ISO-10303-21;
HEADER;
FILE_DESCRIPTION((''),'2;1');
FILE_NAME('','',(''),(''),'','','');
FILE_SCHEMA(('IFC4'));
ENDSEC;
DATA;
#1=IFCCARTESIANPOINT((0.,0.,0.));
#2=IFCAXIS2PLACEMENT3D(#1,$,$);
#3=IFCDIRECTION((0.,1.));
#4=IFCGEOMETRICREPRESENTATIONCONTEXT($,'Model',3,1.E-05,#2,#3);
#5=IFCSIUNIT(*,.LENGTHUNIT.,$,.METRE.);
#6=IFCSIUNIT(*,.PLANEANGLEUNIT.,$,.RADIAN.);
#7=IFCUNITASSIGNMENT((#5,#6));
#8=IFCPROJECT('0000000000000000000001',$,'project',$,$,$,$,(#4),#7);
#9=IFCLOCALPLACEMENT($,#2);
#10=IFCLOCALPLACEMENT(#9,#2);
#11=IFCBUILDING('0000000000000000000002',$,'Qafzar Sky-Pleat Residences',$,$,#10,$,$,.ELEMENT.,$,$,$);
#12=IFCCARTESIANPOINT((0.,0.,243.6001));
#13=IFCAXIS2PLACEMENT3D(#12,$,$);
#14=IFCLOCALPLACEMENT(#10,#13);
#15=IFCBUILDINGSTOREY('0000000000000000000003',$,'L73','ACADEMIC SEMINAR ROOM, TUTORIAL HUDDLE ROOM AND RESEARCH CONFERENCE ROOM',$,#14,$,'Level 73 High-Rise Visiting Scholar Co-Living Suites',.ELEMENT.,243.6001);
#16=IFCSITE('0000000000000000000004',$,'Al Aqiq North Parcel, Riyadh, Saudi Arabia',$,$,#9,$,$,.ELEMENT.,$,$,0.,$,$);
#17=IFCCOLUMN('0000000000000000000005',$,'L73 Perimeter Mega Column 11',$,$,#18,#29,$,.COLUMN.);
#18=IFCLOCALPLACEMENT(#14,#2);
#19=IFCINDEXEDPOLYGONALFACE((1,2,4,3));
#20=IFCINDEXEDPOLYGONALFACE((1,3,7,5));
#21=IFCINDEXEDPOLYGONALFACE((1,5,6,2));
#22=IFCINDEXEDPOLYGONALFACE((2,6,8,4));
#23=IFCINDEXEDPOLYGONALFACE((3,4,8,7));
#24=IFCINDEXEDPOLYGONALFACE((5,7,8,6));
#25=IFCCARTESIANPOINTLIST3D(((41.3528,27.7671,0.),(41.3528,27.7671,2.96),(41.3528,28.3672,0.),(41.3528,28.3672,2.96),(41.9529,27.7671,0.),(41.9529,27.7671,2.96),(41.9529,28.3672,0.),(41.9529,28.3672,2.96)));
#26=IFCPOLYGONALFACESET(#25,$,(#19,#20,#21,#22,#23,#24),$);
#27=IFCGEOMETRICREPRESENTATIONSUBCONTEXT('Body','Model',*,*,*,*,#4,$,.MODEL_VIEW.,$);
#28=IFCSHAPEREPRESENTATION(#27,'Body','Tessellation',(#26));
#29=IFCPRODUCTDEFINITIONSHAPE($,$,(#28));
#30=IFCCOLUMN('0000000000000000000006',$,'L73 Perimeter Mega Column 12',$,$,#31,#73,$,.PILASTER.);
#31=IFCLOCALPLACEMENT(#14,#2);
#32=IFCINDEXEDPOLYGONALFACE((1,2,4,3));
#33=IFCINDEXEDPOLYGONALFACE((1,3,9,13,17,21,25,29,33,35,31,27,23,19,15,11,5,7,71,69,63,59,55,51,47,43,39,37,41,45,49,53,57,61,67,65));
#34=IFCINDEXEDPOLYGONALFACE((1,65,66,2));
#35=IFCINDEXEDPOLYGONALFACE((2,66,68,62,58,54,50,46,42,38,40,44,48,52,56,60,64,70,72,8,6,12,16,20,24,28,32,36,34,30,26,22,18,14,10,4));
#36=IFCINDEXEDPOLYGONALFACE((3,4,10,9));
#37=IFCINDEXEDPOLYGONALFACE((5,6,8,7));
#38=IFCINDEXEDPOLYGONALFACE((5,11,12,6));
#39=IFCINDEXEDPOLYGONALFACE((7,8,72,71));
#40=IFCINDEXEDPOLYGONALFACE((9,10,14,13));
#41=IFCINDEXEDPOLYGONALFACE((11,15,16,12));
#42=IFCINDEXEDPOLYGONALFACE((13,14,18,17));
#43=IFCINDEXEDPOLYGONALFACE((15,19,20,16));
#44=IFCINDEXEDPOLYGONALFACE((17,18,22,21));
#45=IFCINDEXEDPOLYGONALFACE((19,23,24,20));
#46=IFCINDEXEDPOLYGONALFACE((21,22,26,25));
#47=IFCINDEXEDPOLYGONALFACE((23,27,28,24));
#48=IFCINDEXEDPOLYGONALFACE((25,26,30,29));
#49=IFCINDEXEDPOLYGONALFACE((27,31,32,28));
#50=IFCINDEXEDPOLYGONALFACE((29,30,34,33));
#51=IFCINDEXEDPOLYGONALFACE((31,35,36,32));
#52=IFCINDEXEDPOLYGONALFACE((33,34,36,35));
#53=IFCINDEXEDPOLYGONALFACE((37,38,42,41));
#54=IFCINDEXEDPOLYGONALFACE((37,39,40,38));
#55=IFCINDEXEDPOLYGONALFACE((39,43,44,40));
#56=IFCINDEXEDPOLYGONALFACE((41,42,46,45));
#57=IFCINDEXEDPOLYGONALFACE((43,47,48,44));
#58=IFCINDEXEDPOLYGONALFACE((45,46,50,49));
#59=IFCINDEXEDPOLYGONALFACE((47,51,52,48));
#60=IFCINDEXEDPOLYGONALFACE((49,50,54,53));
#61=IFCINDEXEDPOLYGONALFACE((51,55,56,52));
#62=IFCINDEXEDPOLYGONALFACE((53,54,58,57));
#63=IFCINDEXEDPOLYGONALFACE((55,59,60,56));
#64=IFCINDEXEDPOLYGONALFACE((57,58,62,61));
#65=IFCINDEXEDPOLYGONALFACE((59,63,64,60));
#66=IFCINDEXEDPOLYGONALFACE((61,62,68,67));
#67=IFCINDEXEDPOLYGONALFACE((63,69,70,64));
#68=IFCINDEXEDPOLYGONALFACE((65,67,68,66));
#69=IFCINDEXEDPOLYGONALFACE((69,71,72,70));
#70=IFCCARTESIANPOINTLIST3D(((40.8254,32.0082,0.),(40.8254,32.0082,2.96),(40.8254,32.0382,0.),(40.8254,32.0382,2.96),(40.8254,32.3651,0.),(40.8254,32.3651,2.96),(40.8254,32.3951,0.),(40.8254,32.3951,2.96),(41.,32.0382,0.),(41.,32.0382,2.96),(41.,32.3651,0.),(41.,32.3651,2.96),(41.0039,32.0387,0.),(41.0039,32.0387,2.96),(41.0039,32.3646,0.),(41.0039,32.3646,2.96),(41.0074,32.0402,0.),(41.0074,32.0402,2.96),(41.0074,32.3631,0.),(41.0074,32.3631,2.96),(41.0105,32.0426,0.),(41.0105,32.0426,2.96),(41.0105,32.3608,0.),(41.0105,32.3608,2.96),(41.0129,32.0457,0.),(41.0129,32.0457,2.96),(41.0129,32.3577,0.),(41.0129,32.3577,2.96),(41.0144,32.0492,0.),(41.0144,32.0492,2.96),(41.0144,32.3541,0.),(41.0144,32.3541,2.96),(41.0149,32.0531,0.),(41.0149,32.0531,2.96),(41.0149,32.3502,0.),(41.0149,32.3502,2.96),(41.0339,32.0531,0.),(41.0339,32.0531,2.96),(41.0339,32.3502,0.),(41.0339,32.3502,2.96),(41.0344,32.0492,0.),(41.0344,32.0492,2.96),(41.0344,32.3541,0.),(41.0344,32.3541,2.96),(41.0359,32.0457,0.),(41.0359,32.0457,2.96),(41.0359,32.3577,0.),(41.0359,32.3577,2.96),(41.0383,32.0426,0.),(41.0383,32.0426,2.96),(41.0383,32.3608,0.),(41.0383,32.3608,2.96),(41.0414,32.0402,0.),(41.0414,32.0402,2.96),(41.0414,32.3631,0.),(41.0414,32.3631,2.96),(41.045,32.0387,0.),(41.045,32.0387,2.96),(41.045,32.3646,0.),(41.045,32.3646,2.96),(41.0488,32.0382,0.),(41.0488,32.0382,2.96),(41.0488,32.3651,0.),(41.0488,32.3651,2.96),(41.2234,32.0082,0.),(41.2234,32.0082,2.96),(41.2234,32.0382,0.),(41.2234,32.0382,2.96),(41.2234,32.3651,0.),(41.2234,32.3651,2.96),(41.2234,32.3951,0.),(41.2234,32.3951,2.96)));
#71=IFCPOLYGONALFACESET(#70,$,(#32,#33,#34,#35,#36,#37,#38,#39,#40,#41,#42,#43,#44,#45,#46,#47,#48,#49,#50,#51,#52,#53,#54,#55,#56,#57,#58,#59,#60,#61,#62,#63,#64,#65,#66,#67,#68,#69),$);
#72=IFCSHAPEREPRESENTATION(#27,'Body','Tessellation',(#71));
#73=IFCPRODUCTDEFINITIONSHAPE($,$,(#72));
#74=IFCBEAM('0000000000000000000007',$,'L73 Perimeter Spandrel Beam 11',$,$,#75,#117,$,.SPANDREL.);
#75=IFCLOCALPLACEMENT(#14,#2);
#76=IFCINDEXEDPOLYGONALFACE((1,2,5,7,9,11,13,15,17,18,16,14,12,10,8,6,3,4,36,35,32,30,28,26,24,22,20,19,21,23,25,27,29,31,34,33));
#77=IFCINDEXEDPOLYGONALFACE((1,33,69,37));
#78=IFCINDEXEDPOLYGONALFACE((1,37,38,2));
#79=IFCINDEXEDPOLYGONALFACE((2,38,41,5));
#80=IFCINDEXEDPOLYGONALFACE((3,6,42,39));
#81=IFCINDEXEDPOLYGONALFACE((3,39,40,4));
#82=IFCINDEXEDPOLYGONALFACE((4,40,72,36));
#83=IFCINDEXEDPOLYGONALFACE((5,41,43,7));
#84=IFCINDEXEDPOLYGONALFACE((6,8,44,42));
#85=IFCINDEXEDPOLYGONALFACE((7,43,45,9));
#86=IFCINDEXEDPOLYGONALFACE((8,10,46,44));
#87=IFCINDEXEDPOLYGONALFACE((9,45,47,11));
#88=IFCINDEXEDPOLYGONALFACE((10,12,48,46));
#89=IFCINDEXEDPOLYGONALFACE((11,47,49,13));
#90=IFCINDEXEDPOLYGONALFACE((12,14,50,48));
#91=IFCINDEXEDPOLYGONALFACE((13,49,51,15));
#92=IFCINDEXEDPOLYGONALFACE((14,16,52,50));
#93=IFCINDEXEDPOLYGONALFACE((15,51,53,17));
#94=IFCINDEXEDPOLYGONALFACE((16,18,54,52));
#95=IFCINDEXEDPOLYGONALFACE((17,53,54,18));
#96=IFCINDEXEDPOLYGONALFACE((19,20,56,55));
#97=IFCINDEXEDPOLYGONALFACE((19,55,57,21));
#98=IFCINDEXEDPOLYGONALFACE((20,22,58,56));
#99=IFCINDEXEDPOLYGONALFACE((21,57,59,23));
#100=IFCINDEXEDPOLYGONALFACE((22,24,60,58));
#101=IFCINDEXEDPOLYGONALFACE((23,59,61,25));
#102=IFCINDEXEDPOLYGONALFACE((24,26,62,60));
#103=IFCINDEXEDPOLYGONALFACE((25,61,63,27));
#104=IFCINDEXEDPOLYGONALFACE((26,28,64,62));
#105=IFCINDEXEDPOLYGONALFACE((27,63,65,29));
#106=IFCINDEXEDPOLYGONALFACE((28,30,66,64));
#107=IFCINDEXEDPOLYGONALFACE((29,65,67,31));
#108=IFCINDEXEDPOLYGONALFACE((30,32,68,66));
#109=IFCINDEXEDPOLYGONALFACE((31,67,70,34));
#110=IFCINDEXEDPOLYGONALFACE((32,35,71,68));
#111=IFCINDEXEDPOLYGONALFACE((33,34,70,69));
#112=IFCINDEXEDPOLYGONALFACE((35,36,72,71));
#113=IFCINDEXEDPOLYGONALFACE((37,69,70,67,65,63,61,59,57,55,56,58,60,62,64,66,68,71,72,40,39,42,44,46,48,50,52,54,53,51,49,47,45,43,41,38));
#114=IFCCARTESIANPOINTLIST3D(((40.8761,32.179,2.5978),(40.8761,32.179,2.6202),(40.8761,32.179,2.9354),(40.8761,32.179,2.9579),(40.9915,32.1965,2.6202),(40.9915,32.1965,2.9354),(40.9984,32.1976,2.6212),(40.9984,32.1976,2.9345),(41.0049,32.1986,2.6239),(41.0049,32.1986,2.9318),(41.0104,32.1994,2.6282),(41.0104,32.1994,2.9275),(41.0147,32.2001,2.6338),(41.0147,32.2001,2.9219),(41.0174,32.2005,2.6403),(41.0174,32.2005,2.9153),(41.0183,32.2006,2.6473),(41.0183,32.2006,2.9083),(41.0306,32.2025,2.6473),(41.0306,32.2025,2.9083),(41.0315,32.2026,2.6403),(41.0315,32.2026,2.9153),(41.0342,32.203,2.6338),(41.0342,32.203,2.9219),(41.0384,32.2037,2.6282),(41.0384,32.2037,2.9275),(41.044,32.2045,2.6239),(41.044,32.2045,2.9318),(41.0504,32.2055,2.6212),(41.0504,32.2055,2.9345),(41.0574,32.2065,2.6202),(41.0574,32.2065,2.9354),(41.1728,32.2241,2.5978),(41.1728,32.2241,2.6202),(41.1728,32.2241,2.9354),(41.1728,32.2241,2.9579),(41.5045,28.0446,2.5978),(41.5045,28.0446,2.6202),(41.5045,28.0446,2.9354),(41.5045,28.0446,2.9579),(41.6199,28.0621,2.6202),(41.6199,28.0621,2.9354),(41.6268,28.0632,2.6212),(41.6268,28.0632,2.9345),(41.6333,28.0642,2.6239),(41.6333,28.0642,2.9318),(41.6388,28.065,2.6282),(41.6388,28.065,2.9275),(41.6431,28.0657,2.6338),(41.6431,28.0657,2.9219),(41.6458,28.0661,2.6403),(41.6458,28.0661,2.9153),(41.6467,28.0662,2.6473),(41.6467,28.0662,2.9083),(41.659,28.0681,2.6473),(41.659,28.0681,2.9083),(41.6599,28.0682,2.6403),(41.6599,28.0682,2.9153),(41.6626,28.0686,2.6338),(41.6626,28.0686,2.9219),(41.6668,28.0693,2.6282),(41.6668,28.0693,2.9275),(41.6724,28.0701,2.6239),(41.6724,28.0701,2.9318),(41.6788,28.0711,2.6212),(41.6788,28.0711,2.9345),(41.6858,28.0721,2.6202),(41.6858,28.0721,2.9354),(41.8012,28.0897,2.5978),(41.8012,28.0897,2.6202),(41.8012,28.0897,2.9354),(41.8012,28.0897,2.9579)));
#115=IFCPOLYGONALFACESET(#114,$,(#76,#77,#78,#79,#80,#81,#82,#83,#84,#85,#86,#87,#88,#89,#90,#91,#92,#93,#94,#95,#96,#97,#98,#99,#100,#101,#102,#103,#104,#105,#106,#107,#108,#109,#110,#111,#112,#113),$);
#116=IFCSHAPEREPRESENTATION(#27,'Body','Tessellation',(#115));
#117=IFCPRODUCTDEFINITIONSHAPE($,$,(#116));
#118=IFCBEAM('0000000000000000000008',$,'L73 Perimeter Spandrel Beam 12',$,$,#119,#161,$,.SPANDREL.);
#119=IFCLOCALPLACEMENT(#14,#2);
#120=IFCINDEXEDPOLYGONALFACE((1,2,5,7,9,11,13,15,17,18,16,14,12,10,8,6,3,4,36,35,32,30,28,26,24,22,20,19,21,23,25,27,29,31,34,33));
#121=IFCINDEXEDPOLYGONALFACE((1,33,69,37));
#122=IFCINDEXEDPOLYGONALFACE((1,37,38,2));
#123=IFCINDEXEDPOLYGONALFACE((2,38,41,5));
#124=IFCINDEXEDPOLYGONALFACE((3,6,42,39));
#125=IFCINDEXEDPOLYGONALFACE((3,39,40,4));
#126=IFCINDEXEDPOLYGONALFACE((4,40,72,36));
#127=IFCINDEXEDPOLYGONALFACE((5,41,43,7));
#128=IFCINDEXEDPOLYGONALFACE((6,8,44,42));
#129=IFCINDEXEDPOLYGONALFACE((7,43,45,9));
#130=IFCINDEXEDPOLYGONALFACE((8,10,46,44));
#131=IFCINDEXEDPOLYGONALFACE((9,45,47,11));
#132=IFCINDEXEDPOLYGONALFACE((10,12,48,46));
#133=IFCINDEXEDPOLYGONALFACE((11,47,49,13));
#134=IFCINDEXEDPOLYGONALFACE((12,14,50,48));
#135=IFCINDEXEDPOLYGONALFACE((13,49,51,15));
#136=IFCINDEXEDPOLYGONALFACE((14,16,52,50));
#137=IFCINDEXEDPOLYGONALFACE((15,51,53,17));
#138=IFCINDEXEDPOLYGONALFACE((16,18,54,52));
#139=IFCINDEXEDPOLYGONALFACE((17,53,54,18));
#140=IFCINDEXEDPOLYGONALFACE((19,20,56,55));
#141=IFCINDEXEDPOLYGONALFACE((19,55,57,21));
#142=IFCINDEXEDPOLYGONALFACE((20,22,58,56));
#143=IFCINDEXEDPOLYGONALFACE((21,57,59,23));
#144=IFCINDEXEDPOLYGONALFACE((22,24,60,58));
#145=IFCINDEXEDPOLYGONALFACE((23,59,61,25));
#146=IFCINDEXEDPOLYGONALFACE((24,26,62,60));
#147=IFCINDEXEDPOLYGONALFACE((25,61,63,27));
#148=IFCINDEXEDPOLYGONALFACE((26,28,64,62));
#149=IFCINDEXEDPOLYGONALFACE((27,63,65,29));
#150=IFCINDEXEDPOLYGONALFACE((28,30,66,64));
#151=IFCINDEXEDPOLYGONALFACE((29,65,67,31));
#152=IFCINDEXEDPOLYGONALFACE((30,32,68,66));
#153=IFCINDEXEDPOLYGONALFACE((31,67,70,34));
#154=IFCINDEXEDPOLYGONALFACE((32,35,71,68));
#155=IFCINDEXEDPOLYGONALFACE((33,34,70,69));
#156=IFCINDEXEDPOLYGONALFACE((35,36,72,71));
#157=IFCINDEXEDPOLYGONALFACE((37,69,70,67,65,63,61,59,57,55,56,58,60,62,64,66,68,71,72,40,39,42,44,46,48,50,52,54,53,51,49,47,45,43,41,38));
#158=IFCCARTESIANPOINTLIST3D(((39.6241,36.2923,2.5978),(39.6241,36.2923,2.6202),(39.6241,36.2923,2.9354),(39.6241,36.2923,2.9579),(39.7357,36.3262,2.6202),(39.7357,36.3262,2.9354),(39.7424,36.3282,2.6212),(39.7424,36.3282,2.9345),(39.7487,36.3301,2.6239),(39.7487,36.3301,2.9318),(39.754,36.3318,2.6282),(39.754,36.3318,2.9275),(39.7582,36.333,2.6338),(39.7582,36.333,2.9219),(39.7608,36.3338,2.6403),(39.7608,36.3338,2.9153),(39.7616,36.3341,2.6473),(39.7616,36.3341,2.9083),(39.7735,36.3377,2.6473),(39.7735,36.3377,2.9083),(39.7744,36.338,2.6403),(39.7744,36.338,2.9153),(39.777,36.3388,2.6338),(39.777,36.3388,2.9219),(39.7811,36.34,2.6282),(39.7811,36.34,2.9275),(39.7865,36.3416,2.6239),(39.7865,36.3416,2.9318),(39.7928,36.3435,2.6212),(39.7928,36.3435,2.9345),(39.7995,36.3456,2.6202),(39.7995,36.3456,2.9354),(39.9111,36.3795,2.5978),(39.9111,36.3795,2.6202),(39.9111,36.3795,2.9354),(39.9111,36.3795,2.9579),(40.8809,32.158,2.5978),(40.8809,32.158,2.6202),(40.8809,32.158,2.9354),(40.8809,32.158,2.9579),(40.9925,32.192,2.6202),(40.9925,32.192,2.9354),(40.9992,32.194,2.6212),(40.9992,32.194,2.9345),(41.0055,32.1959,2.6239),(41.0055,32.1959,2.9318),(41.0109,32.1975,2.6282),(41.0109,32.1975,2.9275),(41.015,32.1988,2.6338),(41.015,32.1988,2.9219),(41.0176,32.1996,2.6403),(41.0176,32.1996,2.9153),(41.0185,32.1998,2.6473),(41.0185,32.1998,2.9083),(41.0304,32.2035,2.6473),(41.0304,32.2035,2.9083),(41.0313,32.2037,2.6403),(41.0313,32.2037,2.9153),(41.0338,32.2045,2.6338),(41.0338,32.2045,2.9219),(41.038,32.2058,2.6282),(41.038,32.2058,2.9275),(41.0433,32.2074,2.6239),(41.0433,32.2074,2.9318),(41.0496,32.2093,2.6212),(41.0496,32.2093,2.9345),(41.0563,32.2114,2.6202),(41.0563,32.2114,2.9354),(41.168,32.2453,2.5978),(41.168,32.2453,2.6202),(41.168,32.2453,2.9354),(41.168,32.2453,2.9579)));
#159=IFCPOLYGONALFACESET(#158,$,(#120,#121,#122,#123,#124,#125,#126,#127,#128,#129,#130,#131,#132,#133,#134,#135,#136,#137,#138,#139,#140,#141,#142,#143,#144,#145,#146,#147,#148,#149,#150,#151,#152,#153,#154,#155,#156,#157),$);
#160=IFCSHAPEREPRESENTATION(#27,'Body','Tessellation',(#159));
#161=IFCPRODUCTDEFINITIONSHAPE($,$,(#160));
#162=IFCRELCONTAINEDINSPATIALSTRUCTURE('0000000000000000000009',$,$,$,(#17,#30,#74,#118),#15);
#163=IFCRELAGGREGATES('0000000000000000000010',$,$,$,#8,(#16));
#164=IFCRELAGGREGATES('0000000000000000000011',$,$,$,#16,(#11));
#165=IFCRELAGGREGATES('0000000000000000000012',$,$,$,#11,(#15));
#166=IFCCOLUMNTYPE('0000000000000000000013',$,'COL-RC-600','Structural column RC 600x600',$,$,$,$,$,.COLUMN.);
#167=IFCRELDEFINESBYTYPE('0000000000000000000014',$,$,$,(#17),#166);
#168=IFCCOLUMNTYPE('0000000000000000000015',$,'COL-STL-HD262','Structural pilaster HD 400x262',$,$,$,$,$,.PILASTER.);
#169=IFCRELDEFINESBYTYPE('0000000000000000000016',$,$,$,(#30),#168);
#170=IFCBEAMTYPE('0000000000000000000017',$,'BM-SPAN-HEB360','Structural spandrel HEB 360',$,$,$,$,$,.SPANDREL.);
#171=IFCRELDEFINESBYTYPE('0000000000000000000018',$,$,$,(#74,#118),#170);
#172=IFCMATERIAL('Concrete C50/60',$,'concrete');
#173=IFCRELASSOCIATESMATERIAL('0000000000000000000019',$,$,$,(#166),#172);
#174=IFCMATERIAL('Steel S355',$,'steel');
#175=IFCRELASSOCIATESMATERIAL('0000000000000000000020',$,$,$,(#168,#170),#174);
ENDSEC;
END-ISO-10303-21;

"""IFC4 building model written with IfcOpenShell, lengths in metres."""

from ifc_helpers import new_model, si_unit, direction, frame, origin, origin_2d, place, context, subcontext, project, spatial, rectangle, i_section, extrude, source, transform, mapped, material, material_profile, profile_set, type_object, element, save


model = new_model("IFC4")

# Units and contexts
model_context = context("Model", 3, precision=1e-05, world=origin(), true_north=direction((0.0, 1.0)))
body_context = subcontext(model_context, "Body", "Model", "MODEL_VIEW")
ifc_project = project(units=[si_unit("LENGTHUNIT", "METRE"), si_unit("PLANEANGLEUNIT", "RADIAN")], contexts=[model_context])

# Site, building, storey
site_placement = place(None, origin())
site = spatial("IfcSite", under=ifc_project, at=site_placement, Name="Al Aqiq North Parcel, Riyadh, Saudi Arabia", CompositionType="ELEMENT", RefElevation=0.0)
building_placement = place(site_placement, origin())
building = spatial("IfcBuilding", under=site, at=building_placement, Name="Qafzar Sky-Pleat Residences", CompositionType="ELEMENT")
storey_placement = place(building_placement, frame((0.0, 0.0, 243.6001)))
storey = spatial("IfcBuildingStorey", under=building, at=storey_placement, Name="L73", Description="ACADEMIC SEMINAR ROOM, TUTORIAL HUDDLE ROOM AND RESEARCH CONFERENCE ROOM", LongName="Level 73 High-Rise Visiting Scholar Co-Living Suites", CompositionType="ELEMENT", Elevation=243.6001)

# Columns
ifc_material_1 = material(Name="Concrete C50/60", Category="concrete")
ifc_material_profile_1 = material_profile(ifc_material_1, rectangle(XDim=0.6001, YDim=0.6001, at=origin_2d()), Name="RC 600x600")
ifc_profile_set_1 = profile_set([ifc_material_profile_1], Name="Concrete C50/60")
column_type_1 = type_object("IfcColumnType", Name="COL-RC-600", Description="Structural column RC 600x600", PredefinedType="COLUMN", material=ifc_profile_set_1)
shared_shape_1 = source(origin(), body_context, "Body", "SweptSolid", [
    extrude(rectangle(XDim=0.6001, YDim=0.6001, at=origin_2d()), origin(), (0.0, 0.0, 1.0), 2.96),
])
column_1_placement = place(storey_placement, frame((41.6528, 28.0671, 0.0), z_axis=(0.0, 0.0, 1.0), x_axis=(1.0, 0.0, 0.0)))
element("IfcColumn", 1, at=column_1_placement, inside=storey, type_object=column_type_1, Name="L73 Perimeter Mega Column 11", PredefinedType="COLUMN", context=body_context, shape_type="MappedRepresentation", body=[
    mapped(shared_shape_1, transform((0.0, 0.0, 0.0), x_axis=(1.0, 0.0, 0.0), y_axis=(0.0, 1.0, 0.0), z_axis=(0.0, 0.0, 1.0), scale=1.0)),
])
ifc_material_2 = material(Name="Steel S355", Category="steel")
ifc_material_profile_2 = material_profile(ifc_material_2, i_section(OverallWidth=0.3979, OverallDepth=0.387, WebThickness=0.019, FlangeThickness=0.03, FilletRadius=0.0149, at=origin_2d()), Name="HD 400x262")
ifc_profile_set_2 = profile_set([ifc_material_profile_2], Name="Steel S355")
column_type_2 = type_object("IfcColumnType", Name="COL-STL-HD262", Description="Structural pilaster HD 400x262", PredefinedType="PILASTER", material=ifc_profile_set_2)
shared_shape_2 = source(origin(), body_context, "Body", "SweptSolid", [
    extrude(i_section(OverallWidth=0.3979, OverallDepth=0.387, WebThickness=0.019, FlangeThickness=0.03, FilletRadius=0.0149, at=origin_2d()), origin(), (0.0, 0.0, 1.0), 2.96),
])
column_2_placement = place(storey_placement, frame((41.0244, 32.2017, 0.0), z_axis=(0.0, 0.0, 1.0), x_axis=(1.0, 0.0, 0.0)))
element("IfcColumn", 2, at=column_2_placement, inside=storey, type_object=column_type_2, Name="L73 Perimeter Mega Column 12", PredefinedType="PILASTER", context=body_context, shape_type="MappedRepresentation", body=[
    mapped(shared_shape_2, transform((0.0, 0.0, 0.0), x_axis=(1.0, 0.0, 0.0), y_axis=(0.0, 1.0, 0.0), z_axis=(0.0, 0.0, 1.0), scale=1.0)),
])

# Beams
ifc_material_profile_3 = material_profile(ifc_material_2, i_section(OverallWidth=0.3, OverallDepth=0.3601, WebThickness=0.0125, FlangeThickness=0.0225, FilletRadius=0.0271, at=origin_2d()), Name="HEB 360")
ifc_profile_set_3 = profile_set([ifc_material_profile_3], Name="Steel S355")
beam_type_1 = type_object("IfcBeamType", Name="BM-SPAN-HEB360", Description="Structural spandrel HEB 360", PredefinedType="SPANDREL", material=ifc_profile_set_3)
shared_shape_3 = source(origin(), body_context, "Body", "SweptSolid", [
    extrude(i_section(OverallWidth=0.3, OverallDepth=0.3601, WebThickness=0.0125, FlangeThickness=0.0225, FilletRadius=0.0271, at=origin_2d()), origin(), (0.0, 0.0, 1.0), 4.1819),
])
beam_1_placement = place(storey_placement, frame((41.6528, 28.0671, 2.7778), z_axis=(-0.150267, 0.988645, 0.0), x_axis=(-0.988645, -0.150267, 0.0)))
element("IfcBeam", 3, at=beam_1_placement, inside=storey, type_object=beam_type_1, Name="L73 Perimeter Spandrel Beam 11", PredefinedType="SPANDREL", context=body_context, shape_type="MappedRepresentation", body=[
    mapped(shared_shape_3, transform((0.0, 0.0, 0.0), x_axis=(1.0, 0.0, 0.0), y_axis=(0.0, 1.0, 0.0), z_axis=(0.0, 0.0, 1.0), scale=1.0)),
])
shared_shape_4 = source(origin(), body_context, "Body", "SweptSolid", [
    extrude(i_section(OverallWidth=0.3, OverallDepth=0.3601, WebThickness=0.0125, FlangeThickness=0.0225, FilletRadius=0.0271, at=origin_2d()), origin(), (0.0, 0.0, 1.0), 4.321),
])
beam_2_placement = place(storey_placement, frame((41.0244, 32.2017, 2.7778), z_axis=(-0.29086, 0.956766, 0.0), x_axis=(-0.956766, -0.29086, 0.0)))
element("IfcBeam", 4, at=beam_2_placement, inside=storey, type_object=beam_type_1, Name="L73 Perimeter Spandrel Beam 12", PredefinedType="SPANDREL", context=body_context, shape_type="MappedRepresentation", body=[
    mapped(shared_shape_4, transform((0.0, 0.0, 0.0), x_axis=(1.0, 0.0, 0.0), y_axis=(0.0, 1.0, 0.0), z_axis=(0.0, 0.0, 1.0), scale=1.0)),
])

save(model, "model.ifc")
